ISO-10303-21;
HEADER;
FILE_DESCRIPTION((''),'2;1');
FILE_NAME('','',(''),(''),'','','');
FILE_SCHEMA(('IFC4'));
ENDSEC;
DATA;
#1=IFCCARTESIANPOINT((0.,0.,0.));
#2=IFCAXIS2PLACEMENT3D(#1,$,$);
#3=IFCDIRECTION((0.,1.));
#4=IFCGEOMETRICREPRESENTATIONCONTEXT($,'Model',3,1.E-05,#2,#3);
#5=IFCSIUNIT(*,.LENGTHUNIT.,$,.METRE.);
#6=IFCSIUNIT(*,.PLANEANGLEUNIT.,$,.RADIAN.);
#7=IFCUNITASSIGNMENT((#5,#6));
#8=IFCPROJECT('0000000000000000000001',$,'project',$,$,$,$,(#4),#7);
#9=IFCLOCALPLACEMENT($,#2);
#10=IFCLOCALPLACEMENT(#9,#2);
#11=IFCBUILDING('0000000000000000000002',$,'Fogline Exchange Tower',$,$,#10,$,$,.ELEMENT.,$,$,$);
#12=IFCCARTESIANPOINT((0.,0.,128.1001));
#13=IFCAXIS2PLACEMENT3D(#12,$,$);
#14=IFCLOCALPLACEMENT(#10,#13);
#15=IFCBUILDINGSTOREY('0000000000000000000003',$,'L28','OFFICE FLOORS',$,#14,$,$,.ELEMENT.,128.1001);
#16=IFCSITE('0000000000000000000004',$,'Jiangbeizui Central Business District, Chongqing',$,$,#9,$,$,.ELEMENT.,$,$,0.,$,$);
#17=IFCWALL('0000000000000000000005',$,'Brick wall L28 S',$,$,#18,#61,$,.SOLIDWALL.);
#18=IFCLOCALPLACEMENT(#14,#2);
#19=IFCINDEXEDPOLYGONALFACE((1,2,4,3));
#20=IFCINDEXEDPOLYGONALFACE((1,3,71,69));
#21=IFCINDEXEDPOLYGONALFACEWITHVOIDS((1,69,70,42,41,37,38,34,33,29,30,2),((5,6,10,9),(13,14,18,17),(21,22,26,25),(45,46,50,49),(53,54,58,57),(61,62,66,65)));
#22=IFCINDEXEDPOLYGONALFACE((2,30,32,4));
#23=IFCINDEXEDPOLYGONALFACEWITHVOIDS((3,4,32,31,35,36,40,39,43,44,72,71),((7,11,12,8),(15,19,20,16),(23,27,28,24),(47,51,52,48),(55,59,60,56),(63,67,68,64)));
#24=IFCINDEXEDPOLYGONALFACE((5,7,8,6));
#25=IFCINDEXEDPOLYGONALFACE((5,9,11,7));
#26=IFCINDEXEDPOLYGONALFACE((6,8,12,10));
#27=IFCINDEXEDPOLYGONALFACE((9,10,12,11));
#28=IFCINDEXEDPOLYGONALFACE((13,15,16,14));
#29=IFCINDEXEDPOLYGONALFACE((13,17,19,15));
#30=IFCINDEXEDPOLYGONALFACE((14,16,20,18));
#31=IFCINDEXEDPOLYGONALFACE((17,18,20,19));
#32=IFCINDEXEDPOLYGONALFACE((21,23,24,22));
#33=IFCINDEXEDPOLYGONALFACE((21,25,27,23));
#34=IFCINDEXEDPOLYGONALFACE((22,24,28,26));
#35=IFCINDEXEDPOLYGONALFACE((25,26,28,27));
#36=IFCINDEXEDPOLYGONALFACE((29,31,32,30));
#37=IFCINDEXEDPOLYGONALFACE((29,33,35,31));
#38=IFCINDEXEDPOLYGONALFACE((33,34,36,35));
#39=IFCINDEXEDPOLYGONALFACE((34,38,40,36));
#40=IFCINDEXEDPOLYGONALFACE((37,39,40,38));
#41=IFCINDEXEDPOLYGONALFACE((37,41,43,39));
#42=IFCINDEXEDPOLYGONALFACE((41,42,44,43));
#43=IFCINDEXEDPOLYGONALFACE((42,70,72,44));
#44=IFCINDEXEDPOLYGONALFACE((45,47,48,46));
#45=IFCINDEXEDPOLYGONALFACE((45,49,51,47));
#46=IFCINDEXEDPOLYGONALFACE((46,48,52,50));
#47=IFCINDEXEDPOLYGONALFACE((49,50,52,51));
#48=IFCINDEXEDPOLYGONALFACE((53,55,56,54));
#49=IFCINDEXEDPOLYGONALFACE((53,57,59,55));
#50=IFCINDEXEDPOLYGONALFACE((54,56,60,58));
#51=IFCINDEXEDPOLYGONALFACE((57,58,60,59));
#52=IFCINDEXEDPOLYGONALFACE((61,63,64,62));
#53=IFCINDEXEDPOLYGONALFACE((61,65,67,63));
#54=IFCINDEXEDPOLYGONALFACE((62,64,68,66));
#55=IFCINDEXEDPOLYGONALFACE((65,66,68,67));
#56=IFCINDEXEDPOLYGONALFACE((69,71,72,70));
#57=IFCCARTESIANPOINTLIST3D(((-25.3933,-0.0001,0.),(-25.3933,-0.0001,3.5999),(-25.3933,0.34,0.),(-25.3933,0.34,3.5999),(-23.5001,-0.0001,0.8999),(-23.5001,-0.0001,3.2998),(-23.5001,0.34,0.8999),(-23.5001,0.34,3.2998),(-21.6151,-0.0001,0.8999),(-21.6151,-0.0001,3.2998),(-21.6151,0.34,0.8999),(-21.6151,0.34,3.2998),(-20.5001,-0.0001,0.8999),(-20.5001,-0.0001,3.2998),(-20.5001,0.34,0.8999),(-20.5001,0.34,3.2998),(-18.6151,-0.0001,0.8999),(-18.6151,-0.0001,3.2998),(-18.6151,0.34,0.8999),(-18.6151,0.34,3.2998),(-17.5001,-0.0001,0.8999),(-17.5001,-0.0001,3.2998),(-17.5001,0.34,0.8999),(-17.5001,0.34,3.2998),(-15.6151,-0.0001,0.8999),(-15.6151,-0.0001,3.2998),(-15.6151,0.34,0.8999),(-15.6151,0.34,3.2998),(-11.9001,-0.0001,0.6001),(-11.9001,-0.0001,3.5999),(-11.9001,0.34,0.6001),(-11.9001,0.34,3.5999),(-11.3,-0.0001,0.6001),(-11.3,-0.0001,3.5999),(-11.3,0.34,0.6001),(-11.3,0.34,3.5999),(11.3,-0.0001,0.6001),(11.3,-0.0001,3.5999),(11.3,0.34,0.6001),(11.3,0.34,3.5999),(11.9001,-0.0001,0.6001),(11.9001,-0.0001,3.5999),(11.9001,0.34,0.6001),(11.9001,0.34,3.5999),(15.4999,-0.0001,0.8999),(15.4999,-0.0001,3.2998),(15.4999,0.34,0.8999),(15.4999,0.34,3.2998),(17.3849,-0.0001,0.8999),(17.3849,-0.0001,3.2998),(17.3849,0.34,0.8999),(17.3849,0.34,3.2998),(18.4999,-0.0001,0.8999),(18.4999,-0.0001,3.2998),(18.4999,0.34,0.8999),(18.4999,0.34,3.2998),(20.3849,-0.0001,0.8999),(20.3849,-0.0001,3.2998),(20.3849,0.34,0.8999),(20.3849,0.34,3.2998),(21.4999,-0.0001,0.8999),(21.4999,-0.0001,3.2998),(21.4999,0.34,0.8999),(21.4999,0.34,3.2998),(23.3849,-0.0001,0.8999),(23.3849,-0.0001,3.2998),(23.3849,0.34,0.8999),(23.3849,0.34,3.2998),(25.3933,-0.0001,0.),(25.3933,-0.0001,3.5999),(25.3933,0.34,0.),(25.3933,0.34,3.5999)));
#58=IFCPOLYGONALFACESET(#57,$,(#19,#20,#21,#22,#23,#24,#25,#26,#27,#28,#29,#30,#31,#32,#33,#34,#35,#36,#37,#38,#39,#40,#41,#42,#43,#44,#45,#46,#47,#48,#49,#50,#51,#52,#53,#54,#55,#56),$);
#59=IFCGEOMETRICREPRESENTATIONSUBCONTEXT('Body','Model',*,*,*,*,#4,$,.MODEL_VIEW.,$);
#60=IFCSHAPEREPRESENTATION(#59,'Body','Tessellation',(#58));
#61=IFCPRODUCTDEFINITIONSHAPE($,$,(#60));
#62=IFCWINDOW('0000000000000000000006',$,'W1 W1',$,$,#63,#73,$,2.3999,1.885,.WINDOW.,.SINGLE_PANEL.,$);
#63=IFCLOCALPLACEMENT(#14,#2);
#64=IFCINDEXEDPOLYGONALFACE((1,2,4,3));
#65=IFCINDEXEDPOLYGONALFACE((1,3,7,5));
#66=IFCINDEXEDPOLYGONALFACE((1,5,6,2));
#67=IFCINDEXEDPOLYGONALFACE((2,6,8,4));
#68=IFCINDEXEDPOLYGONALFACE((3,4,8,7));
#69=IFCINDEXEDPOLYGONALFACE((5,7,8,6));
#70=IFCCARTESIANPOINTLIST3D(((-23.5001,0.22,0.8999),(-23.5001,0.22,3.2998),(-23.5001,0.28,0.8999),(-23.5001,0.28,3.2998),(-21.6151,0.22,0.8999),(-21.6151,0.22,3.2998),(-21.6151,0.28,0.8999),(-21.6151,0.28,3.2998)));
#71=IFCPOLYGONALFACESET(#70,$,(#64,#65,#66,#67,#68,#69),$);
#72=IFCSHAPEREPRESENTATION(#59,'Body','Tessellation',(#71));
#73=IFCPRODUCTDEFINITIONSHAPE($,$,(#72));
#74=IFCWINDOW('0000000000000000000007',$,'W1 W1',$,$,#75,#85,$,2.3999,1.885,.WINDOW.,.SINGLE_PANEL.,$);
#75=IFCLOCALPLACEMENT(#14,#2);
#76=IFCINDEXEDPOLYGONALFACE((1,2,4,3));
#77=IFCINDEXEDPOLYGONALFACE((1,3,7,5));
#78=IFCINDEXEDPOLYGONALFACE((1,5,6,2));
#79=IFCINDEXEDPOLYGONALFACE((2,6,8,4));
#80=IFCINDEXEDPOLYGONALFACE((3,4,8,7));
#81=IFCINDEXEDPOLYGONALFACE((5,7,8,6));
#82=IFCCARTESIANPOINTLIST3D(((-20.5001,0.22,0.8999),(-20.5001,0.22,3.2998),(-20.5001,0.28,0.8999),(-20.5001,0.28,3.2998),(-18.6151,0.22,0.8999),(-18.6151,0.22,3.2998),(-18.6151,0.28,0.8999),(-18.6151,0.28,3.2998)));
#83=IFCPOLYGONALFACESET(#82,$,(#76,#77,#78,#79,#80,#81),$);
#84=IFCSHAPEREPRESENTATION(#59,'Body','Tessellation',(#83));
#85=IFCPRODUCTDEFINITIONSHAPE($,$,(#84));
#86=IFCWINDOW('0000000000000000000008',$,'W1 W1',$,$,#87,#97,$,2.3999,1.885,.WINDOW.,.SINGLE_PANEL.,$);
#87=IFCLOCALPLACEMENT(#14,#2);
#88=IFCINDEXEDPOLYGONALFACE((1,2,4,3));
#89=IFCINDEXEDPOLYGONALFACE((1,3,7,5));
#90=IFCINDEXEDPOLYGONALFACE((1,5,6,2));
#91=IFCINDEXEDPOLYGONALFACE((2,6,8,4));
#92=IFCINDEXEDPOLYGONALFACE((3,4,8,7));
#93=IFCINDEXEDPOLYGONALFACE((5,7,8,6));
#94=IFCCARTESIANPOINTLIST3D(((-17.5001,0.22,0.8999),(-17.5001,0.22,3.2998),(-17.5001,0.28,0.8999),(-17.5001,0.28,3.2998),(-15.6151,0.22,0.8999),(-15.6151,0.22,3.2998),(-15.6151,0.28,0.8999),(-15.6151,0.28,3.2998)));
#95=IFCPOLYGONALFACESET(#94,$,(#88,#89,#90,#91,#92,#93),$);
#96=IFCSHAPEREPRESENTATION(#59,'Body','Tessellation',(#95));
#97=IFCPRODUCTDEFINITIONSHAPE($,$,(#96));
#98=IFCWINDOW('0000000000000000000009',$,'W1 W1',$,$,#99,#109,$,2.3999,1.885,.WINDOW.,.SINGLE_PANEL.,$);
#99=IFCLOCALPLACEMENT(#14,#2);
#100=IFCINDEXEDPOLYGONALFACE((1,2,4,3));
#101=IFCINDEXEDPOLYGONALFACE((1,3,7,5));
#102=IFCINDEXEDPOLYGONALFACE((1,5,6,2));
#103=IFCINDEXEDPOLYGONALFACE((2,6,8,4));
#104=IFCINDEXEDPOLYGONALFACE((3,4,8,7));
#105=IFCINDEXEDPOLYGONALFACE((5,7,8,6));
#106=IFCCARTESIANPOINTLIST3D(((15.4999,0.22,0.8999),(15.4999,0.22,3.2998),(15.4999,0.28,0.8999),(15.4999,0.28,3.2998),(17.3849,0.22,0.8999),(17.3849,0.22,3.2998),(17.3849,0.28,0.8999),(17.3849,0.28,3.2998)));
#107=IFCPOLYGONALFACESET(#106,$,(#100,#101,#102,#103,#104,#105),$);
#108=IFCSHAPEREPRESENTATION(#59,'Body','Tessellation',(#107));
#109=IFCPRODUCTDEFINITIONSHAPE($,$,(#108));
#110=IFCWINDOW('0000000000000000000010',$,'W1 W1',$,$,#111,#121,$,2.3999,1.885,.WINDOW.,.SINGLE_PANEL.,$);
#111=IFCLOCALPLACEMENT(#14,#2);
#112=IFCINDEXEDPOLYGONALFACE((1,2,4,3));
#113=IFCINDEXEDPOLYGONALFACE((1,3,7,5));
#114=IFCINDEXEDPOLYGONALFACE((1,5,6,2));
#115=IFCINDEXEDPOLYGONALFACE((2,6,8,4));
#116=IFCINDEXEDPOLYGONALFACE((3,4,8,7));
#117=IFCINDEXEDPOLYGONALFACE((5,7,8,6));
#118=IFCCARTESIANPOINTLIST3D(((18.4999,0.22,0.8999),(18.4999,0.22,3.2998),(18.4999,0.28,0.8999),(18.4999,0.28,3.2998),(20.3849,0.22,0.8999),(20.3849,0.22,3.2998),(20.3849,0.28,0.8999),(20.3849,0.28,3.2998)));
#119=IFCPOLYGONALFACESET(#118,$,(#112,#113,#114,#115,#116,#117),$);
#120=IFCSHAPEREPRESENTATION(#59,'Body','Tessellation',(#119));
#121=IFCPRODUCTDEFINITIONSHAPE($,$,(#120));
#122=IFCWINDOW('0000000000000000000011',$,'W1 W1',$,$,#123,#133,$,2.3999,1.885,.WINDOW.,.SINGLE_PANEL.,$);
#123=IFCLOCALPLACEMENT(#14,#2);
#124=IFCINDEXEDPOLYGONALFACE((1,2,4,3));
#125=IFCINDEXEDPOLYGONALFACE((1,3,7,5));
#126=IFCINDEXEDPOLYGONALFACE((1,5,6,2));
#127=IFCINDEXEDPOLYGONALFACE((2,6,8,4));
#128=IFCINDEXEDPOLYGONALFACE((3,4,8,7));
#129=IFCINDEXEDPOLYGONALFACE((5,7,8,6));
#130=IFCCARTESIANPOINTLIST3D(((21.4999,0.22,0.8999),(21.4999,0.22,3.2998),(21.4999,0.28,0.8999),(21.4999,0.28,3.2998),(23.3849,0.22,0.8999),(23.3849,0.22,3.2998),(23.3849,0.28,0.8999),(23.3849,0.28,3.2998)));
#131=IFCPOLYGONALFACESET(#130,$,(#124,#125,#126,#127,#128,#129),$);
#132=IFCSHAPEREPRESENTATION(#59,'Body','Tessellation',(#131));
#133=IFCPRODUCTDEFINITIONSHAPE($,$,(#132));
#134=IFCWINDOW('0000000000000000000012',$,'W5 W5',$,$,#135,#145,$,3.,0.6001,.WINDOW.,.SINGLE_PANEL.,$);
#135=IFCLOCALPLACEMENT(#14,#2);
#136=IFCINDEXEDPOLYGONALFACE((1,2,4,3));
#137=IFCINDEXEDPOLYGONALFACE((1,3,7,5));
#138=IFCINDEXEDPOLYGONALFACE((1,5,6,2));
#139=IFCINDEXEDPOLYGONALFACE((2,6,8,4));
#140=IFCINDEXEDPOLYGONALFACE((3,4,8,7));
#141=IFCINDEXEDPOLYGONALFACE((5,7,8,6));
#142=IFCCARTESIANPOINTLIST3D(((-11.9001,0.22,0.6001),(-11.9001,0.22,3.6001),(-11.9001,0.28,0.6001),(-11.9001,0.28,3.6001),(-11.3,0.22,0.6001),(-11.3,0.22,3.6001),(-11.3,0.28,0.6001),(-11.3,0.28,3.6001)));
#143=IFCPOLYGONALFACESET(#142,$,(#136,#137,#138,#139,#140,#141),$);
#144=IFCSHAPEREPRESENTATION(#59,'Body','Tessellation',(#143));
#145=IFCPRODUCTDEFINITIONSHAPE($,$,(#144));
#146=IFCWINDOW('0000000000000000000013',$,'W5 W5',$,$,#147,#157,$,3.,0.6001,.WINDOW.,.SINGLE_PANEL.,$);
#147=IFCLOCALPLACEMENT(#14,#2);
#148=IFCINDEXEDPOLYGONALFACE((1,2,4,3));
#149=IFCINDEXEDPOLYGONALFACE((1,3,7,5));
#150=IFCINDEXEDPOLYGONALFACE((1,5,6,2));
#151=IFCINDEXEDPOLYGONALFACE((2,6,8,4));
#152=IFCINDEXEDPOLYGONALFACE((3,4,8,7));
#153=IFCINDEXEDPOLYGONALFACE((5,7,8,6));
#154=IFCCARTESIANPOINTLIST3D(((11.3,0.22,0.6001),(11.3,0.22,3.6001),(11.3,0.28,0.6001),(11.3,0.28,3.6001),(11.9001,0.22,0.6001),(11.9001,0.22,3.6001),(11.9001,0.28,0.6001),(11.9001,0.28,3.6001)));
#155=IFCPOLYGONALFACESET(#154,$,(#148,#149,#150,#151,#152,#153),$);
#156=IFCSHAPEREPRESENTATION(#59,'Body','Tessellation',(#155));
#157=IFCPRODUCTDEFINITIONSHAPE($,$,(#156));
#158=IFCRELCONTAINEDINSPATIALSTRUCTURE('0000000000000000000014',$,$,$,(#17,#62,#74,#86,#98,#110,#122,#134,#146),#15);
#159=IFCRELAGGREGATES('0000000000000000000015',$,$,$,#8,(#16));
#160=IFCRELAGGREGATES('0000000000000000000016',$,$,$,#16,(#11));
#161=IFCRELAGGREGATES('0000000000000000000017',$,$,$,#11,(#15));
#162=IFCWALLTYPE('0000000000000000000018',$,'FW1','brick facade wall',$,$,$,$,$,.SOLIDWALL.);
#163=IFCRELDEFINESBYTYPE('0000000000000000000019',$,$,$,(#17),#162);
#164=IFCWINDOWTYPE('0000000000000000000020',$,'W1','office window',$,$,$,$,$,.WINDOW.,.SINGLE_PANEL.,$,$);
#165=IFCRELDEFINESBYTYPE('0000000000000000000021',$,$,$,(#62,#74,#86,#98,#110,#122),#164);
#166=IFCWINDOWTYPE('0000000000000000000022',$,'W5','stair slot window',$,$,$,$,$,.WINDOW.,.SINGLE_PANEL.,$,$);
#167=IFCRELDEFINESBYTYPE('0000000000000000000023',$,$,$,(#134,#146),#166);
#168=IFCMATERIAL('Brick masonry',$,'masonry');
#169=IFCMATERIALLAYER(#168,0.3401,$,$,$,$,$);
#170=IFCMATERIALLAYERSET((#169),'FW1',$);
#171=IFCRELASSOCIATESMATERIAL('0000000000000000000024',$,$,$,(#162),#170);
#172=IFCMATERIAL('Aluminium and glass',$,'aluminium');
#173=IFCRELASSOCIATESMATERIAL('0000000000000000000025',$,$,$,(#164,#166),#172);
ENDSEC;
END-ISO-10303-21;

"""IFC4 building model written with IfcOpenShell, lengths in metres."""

from ifc_helpers import new_model, si_unit, direction, frame, frame_2d, origin, place, context, subcontext, project, spatial, rectangle, extrude, material, layer, layer_set, type_object, element, fill, save


model = new_model("IFC4")

# Units and contexts
model_context = context("Model", 3, precision=1e-05, world=origin(), true_north=direction((0.0, 1.0)))
body_context = subcontext(model_context, "Body", "Model", "MODEL_VIEW")
ifc_project = project(units=[si_unit("LENGTHUNIT", "METRE"), si_unit("PLANEANGLEUNIT", "RADIAN")], contexts=[model_context])

# Site, building, storey
site_placement = place(None, origin())
site = spatial("IfcSite", under=ifc_project, at=site_placement, Name="Jiangbeizui Central Business District, Chongqing", CompositionType="ELEMENT", RefElevation=0.0)
building_placement = place(site_placement, origin())
building = spatial("IfcBuilding", under=site, at=building_placement, Name="Fogline Exchange Tower", CompositionType="ELEMENT")
storey_placement = place(building_placement, frame((0.0, 0.0, 128.1001)))
storey = spatial("IfcBuildingStorey", under=building, at=storey_placement, Name="L28", Description="OFFICE FLOORS", CompositionType="ELEMENT", Elevation=128.1001)

# Shared definitions
ifc_material_1 = material(Name="Brick masonry", Category="masonry")
ifc_layer_1 = layer(ifc_material_1, 0.3401)
ifc_layer_set_1 = layer_set([ifc_layer_1], Name="FW1")
wall_type_1 = type_object("IfcWallType", Name="FW1", Description="brick facade wall", PredefinedType="SOLIDWALL", material=ifc_layer_set_1)
ifc_material_2 = material(Name="Aluminium and glass", Category="aluminium")

# Wall, openings, windows
wall_1_placement = place(storey_placement, frame((-25.3933, 0.1699, 0.0), z_axis=(0.0, 0.0, 1.0), x_axis=(1.0, 0.0, 0.0)))
wall_1 = element("IfcWall", 1, at=wall_1_placement, inside=storey, type_object=wall_type_1, Name="Brick wall L28 S", PredefinedType="SOLIDWALL", context=body_context, shape_type="SweptSolid", body=[
    extrude(rectangle(XDim=50.7866, YDim=0.3401, at=frame_2d((25.3933, 0.0))), origin(), (0.0, 0.0, 1.0), 3.5999),
])
opening_1_placement = place(wall_1_placement, frame((1.8933, 0.0, 0.8999)))
opening_1 = element("IfcOpeningElement", 2, at=opening_1_placement, cuts=wall_1, PredefinedType="OPENING", context=body_context, shape_type="SweptSolid", body=[
    extrude(rectangle(XDim=1.885, YDim=2.3999, at=frame_2d((0.9424, 1.2))), frame((0.0, 0.1802, 0.0), z_axis=(0.0, -1.0, 0.0), x_axis=(1.0, 0.0, 0.0)), (0.0, 0.0, 1.0), 0.3601),
])
opening_2_placement = place(wall_1_placement, frame((4.8933, 0.0, 0.8999)))
opening_2 = element("IfcOpeningElement", 3, at=opening_2_placement, cuts=wall_1, PredefinedType="OPENING", context=body_context, shape_type="SweptSolid", body=[
    extrude(rectangle(XDim=1.885, YDim=2.3999, at=frame_2d((0.9424, 1.2))), frame((0.0, 0.1802, 0.0), z_axis=(0.0, -1.0, 0.0), x_axis=(1.0, 0.0, 0.0)), (0.0, 0.0, 1.0), 0.3601),
])
opening_3_placement = place(wall_1_placement, frame((7.8933, 0.0, 0.8999)))
opening_3 = element("IfcOpeningElement", 4, at=opening_3_placement, cuts=wall_1, PredefinedType="OPENING", context=body_context, shape_type="SweptSolid", body=[
    extrude(rectangle(XDim=1.885, YDim=2.3999, at=frame_2d((0.9424, 1.2))), frame((0.0, 0.1802, 0.0), z_axis=(0.0, -1.0, 0.0), x_axis=(1.0, 0.0, 0.0)), (0.0, 0.0, 1.0), 0.3601),
])
opening_4_placement = place(wall_1_placement, frame((40.8933, 0.0, 0.8999)))
opening_4 = element("IfcOpeningElement", 5, at=opening_4_placement, cuts=wall_1, PredefinedType="OPENING", context=body_context, shape_type="SweptSolid", body=[
    extrude(rectangle(XDim=1.885, YDim=2.3999, at=frame_2d((0.9424, 1.2))), frame((0.0, 0.1802, 0.0), z_axis=(0.0, -1.0, 0.0), x_axis=(1.0, 0.0, 0.0)), (0.0, 0.0, 1.0), 0.3601),
])
opening_5_placement = place(wall_1_placement, frame((43.8933, 0.0, 0.8999)))
opening_5 = element("IfcOpeningElement", 6, at=opening_5_placement, cuts=wall_1, PredefinedType="OPENING", context=body_context, shape_type="SweptSolid", body=[
    extrude(rectangle(XDim=1.885, YDim=2.3999, at=frame_2d((0.9424, 1.2))), frame((0.0, 0.1802, 0.0), z_axis=(0.0, -1.0, 0.0), x_axis=(1.0, 0.0, 0.0)), (0.0, 0.0, 1.0), 0.3601),
])
opening_6_placement = place(wall_1_placement, frame((46.8933, 0.0, 0.8999)))
opening_6 = element("IfcOpeningElement", 7, at=opening_6_placement, cuts=wall_1, PredefinedType="OPENING", context=body_context, shape_type="SweptSolid", body=[
    extrude(rectangle(XDim=1.885, YDim=2.3999, at=frame_2d((0.9424, 1.2))), frame((0.0, 0.1802, 0.0), z_axis=(0.0, -1.0, 0.0), x_axis=(1.0, 0.0, 0.0)), (0.0, 0.0, 1.0), 0.3601),
])
opening_7_placement = place(wall_1_placement, frame((13.4932, 0.0, 0.6001)))
opening_7 = element("IfcOpeningElement", 8, at=opening_7_placement, cuts=wall_1, PredefinedType="OPENING", context=body_context, shape_type="SweptSolid", body=[
    extrude(rectangle(XDim=0.6001, YDim=3.0, at=frame_2d((0.3, 1.5))), frame((0.0, 0.1802, 0.0), z_axis=(0.0, -1.0, 0.0), x_axis=(1.0, 0.0, 0.0)), (0.0, 0.0, 1.0), 0.3601),
])
opening_8_placement = place(wall_1_placement, frame((36.6934, 0.0, 0.6001)))
opening_8 = element("IfcOpeningElement", 9, at=opening_8_placement, cuts=wall_1, PredefinedType="OPENING", context=body_context, shape_type="SweptSolid", body=[
    extrude(rectangle(XDim=0.6001, YDim=3.0, at=frame_2d((0.3, 1.5))), frame((0.0, 0.1802, 0.0), z_axis=(0.0, -1.0, 0.0), x_axis=(1.0, 0.0, 0.0)), (0.0, 0.0, 1.0), 0.3601),
])
window_type_1 = type_object("IfcWindowType", Name="W1", Description="office window", PartitioningType="SINGLE_PANEL", PredefinedType="WINDOW", material=ifc_material_2)
window_1_placement = place(opening_1_placement, origin())
window_1 = element("IfcWindow", 10, at=window_1_placement, inside=storey, type_object=window_type_1, Name="W1 W1", OverallHeight=2.3999, OverallWidth=1.885, PartitioningType="SINGLE_PANEL", PredefinedType="WINDOW", context=body_context, shape_type="SweptSolid", body=[
    extrude(rectangle(XDim=1.885, YDim=2.3999, at=frame_2d((0.9424, 1.2))), frame((0.0, 0.1101, 0.0), z_axis=(0.0, -1.0, 0.0), x_axis=(1.0, 0.0, 0.0)), (0.0, 0.0, 1.0), 0.0601),
])
fill(opening_1, window_1)
window_2_placement = place(opening_2_placement, origin())
window_2 = element("IfcWindow", 11, at=window_2_placement, inside=storey, type_object=window_type_1, Name="W1 W1", OverallHeight=2.3999, OverallWidth=1.885, PartitioningType="SINGLE_PANEL", PredefinedType="WINDOW", context=body_context, shape_type="SweptSolid", body=[
    extrude(rectangle(XDim=1.885, YDim=2.3999, at=frame_2d((0.9424, 1.2))), frame((0.0, 0.1101, 0.0), z_axis=(0.0, -1.0, 0.0), x_axis=(1.0, 0.0, 0.0)), (0.0, 0.0, 1.0), 0.0601),
])
fill(opening_2, window_2)
window_3_placement = place(opening_3_placement, origin())
window_3 = element("IfcWindow", 12, at=window_3_placement, inside=storey, type_object=window_type_1, Name="W1 W1", OverallHeight=2.3999, OverallWidth=1.885, PartitioningType="SINGLE_PANEL", PredefinedType="WINDOW", context=body_context, shape_type="SweptSolid", body=[
    extrude(rectangle(XDim=1.885, YDim=2.3999, at=frame_2d((0.9424, 1.2))), frame((0.0, 0.1101, 0.0), z_axis=(0.0, -1.0, 0.0), x_axis=(1.0, 0.0, 0.0)), (0.0, 0.0, 1.0), 0.0601),
])
fill(opening_3, window_3)
window_4_placement = place(opening_4_placement, origin())
window_4 = element("IfcWindow", 13, at=window_4_placement, inside=storey, type_object=window_type_1, Name="W1 W1", OverallHeight=2.3999, OverallWidth=1.885, PartitioningType="SINGLE_PANEL", PredefinedType="WINDOW", context=body_context, shape_type="SweptSolid", body=[
    extrude(rectangle(XDim=1.885, YDim=2.3999, at=frame_2d((0.9424, 1.2))), frame((0.0, 0.1101, 0.0), z_axis=(0.0, -1.0, 0.0), x_axis=(1.0, 0.0, 0.0)), (0.0, 0.0, 1.0), 0.0601),
])
fill(opening_4, window_4)
window_5_placement = place(opening_5_placement, origin())
window_5 = element("IfcWindow", 14, at=window_5_placement, inside=storey, type_object=window_type_1, Name="W1 W1", OverallHeight=2.3999, OverallWidth=1.885, PartitioningType="SINGLE_PANEL", PredefinedType="WINDOW", context=body_context, shape_type="SweptSolid", body=[
    extrude(rectangle(XDim=1.885, YDim=2.3999, at=frame_2d((0.9424, 1.2))), frame((0.0, 0.1101, 0.0), z_axis=(0.0, -1.0, 0.0), x_axis=(1.0, 0.0, 0.0)), (0.0, 0.0, 1.0), 0.0601),
])
fill(opening_5, window_5)
window_6_placement = place(opening_6_placement, origin())
window_6 = element("IfcWindow", 15, at=window_6_placement, inside=storey, type_object=window_type_1, Name="W1 W1", OverallHeight=2.3999, OverallWidth=1.885, PartitioningType="SINGLE_PANEL", PredefinedType="WINDOW", context=body_context, shape_type="SweptSolid", body=[
    extrude(rectangle(XDim=1.885, YDim=2.3999, at=frame_2d((0.9424, 1.2))), frame((0.0, 0.1101, 0.0), z_axis=(0.0, -1.0, 0.0), x_axis=(1.0, 0.0, 0.0)), (0.0, 0.0, 1.0), 0.0601),
])
fill(opening_6, window_6)
window_type_2 = type_object("IfcWindowType", Name="W5", Description="stair slot window", PartitioningType="SINGLE_PANEL", PredefinedType="WINDOW", material=ifc_material_2)
window_7_placement = place(opening_7_placement, origin())
window_7 = element("IfcWindow", 16, at=window_7_placement, inside=storey, type_object=window_type_2, Name="W5 W5", OverallHeight=3.0, OverallWidth=0.6001, PartitioningType="SINGLE_PANEL", PredefinedType="WINDOW", context=body_context, shape_type="SweptSolid", body=[
    extrude(rectangle(XDim=0.6001, YDim=3.0, at=frame_2d((0.3, 1.5))), frame((0.0, 0.1101, 0.0), z_axis=(0.0, -1.0, 0.0), x_axis=(1.0, 0.0, 0.0)), (0.0, 0.0, 1.0), 0.0601),
])
fill(opening_7, window_7)
window_8_placement = place(opening_8_placement, origin())
window_8 = element("IfcWindow", 17, at=window_8_placement, inside=storey, type_object=window_type_2, Name="W5 W5", OverallHeight=3.0, OverallWidth=0.6001, PartitioningType="SINGLE_PANEL", PredefinedType="WINDOW", context=body_context, shape_type="SweptSolid", body=[
    extrude(rectangle(XDim=0.6001, YDim=3.0, at=frame_2d((0.3, 1.5))), frame((0.0, 0.1101, 0.0), z_axis=(0.0, -1.0, 0.0), x_axis=(1.0, 0.0, 0.0)), (0.0, 0.0, 1.0), 0.0601),
])
fill(opening_8, window_8)

save(model, "model.ifc")
